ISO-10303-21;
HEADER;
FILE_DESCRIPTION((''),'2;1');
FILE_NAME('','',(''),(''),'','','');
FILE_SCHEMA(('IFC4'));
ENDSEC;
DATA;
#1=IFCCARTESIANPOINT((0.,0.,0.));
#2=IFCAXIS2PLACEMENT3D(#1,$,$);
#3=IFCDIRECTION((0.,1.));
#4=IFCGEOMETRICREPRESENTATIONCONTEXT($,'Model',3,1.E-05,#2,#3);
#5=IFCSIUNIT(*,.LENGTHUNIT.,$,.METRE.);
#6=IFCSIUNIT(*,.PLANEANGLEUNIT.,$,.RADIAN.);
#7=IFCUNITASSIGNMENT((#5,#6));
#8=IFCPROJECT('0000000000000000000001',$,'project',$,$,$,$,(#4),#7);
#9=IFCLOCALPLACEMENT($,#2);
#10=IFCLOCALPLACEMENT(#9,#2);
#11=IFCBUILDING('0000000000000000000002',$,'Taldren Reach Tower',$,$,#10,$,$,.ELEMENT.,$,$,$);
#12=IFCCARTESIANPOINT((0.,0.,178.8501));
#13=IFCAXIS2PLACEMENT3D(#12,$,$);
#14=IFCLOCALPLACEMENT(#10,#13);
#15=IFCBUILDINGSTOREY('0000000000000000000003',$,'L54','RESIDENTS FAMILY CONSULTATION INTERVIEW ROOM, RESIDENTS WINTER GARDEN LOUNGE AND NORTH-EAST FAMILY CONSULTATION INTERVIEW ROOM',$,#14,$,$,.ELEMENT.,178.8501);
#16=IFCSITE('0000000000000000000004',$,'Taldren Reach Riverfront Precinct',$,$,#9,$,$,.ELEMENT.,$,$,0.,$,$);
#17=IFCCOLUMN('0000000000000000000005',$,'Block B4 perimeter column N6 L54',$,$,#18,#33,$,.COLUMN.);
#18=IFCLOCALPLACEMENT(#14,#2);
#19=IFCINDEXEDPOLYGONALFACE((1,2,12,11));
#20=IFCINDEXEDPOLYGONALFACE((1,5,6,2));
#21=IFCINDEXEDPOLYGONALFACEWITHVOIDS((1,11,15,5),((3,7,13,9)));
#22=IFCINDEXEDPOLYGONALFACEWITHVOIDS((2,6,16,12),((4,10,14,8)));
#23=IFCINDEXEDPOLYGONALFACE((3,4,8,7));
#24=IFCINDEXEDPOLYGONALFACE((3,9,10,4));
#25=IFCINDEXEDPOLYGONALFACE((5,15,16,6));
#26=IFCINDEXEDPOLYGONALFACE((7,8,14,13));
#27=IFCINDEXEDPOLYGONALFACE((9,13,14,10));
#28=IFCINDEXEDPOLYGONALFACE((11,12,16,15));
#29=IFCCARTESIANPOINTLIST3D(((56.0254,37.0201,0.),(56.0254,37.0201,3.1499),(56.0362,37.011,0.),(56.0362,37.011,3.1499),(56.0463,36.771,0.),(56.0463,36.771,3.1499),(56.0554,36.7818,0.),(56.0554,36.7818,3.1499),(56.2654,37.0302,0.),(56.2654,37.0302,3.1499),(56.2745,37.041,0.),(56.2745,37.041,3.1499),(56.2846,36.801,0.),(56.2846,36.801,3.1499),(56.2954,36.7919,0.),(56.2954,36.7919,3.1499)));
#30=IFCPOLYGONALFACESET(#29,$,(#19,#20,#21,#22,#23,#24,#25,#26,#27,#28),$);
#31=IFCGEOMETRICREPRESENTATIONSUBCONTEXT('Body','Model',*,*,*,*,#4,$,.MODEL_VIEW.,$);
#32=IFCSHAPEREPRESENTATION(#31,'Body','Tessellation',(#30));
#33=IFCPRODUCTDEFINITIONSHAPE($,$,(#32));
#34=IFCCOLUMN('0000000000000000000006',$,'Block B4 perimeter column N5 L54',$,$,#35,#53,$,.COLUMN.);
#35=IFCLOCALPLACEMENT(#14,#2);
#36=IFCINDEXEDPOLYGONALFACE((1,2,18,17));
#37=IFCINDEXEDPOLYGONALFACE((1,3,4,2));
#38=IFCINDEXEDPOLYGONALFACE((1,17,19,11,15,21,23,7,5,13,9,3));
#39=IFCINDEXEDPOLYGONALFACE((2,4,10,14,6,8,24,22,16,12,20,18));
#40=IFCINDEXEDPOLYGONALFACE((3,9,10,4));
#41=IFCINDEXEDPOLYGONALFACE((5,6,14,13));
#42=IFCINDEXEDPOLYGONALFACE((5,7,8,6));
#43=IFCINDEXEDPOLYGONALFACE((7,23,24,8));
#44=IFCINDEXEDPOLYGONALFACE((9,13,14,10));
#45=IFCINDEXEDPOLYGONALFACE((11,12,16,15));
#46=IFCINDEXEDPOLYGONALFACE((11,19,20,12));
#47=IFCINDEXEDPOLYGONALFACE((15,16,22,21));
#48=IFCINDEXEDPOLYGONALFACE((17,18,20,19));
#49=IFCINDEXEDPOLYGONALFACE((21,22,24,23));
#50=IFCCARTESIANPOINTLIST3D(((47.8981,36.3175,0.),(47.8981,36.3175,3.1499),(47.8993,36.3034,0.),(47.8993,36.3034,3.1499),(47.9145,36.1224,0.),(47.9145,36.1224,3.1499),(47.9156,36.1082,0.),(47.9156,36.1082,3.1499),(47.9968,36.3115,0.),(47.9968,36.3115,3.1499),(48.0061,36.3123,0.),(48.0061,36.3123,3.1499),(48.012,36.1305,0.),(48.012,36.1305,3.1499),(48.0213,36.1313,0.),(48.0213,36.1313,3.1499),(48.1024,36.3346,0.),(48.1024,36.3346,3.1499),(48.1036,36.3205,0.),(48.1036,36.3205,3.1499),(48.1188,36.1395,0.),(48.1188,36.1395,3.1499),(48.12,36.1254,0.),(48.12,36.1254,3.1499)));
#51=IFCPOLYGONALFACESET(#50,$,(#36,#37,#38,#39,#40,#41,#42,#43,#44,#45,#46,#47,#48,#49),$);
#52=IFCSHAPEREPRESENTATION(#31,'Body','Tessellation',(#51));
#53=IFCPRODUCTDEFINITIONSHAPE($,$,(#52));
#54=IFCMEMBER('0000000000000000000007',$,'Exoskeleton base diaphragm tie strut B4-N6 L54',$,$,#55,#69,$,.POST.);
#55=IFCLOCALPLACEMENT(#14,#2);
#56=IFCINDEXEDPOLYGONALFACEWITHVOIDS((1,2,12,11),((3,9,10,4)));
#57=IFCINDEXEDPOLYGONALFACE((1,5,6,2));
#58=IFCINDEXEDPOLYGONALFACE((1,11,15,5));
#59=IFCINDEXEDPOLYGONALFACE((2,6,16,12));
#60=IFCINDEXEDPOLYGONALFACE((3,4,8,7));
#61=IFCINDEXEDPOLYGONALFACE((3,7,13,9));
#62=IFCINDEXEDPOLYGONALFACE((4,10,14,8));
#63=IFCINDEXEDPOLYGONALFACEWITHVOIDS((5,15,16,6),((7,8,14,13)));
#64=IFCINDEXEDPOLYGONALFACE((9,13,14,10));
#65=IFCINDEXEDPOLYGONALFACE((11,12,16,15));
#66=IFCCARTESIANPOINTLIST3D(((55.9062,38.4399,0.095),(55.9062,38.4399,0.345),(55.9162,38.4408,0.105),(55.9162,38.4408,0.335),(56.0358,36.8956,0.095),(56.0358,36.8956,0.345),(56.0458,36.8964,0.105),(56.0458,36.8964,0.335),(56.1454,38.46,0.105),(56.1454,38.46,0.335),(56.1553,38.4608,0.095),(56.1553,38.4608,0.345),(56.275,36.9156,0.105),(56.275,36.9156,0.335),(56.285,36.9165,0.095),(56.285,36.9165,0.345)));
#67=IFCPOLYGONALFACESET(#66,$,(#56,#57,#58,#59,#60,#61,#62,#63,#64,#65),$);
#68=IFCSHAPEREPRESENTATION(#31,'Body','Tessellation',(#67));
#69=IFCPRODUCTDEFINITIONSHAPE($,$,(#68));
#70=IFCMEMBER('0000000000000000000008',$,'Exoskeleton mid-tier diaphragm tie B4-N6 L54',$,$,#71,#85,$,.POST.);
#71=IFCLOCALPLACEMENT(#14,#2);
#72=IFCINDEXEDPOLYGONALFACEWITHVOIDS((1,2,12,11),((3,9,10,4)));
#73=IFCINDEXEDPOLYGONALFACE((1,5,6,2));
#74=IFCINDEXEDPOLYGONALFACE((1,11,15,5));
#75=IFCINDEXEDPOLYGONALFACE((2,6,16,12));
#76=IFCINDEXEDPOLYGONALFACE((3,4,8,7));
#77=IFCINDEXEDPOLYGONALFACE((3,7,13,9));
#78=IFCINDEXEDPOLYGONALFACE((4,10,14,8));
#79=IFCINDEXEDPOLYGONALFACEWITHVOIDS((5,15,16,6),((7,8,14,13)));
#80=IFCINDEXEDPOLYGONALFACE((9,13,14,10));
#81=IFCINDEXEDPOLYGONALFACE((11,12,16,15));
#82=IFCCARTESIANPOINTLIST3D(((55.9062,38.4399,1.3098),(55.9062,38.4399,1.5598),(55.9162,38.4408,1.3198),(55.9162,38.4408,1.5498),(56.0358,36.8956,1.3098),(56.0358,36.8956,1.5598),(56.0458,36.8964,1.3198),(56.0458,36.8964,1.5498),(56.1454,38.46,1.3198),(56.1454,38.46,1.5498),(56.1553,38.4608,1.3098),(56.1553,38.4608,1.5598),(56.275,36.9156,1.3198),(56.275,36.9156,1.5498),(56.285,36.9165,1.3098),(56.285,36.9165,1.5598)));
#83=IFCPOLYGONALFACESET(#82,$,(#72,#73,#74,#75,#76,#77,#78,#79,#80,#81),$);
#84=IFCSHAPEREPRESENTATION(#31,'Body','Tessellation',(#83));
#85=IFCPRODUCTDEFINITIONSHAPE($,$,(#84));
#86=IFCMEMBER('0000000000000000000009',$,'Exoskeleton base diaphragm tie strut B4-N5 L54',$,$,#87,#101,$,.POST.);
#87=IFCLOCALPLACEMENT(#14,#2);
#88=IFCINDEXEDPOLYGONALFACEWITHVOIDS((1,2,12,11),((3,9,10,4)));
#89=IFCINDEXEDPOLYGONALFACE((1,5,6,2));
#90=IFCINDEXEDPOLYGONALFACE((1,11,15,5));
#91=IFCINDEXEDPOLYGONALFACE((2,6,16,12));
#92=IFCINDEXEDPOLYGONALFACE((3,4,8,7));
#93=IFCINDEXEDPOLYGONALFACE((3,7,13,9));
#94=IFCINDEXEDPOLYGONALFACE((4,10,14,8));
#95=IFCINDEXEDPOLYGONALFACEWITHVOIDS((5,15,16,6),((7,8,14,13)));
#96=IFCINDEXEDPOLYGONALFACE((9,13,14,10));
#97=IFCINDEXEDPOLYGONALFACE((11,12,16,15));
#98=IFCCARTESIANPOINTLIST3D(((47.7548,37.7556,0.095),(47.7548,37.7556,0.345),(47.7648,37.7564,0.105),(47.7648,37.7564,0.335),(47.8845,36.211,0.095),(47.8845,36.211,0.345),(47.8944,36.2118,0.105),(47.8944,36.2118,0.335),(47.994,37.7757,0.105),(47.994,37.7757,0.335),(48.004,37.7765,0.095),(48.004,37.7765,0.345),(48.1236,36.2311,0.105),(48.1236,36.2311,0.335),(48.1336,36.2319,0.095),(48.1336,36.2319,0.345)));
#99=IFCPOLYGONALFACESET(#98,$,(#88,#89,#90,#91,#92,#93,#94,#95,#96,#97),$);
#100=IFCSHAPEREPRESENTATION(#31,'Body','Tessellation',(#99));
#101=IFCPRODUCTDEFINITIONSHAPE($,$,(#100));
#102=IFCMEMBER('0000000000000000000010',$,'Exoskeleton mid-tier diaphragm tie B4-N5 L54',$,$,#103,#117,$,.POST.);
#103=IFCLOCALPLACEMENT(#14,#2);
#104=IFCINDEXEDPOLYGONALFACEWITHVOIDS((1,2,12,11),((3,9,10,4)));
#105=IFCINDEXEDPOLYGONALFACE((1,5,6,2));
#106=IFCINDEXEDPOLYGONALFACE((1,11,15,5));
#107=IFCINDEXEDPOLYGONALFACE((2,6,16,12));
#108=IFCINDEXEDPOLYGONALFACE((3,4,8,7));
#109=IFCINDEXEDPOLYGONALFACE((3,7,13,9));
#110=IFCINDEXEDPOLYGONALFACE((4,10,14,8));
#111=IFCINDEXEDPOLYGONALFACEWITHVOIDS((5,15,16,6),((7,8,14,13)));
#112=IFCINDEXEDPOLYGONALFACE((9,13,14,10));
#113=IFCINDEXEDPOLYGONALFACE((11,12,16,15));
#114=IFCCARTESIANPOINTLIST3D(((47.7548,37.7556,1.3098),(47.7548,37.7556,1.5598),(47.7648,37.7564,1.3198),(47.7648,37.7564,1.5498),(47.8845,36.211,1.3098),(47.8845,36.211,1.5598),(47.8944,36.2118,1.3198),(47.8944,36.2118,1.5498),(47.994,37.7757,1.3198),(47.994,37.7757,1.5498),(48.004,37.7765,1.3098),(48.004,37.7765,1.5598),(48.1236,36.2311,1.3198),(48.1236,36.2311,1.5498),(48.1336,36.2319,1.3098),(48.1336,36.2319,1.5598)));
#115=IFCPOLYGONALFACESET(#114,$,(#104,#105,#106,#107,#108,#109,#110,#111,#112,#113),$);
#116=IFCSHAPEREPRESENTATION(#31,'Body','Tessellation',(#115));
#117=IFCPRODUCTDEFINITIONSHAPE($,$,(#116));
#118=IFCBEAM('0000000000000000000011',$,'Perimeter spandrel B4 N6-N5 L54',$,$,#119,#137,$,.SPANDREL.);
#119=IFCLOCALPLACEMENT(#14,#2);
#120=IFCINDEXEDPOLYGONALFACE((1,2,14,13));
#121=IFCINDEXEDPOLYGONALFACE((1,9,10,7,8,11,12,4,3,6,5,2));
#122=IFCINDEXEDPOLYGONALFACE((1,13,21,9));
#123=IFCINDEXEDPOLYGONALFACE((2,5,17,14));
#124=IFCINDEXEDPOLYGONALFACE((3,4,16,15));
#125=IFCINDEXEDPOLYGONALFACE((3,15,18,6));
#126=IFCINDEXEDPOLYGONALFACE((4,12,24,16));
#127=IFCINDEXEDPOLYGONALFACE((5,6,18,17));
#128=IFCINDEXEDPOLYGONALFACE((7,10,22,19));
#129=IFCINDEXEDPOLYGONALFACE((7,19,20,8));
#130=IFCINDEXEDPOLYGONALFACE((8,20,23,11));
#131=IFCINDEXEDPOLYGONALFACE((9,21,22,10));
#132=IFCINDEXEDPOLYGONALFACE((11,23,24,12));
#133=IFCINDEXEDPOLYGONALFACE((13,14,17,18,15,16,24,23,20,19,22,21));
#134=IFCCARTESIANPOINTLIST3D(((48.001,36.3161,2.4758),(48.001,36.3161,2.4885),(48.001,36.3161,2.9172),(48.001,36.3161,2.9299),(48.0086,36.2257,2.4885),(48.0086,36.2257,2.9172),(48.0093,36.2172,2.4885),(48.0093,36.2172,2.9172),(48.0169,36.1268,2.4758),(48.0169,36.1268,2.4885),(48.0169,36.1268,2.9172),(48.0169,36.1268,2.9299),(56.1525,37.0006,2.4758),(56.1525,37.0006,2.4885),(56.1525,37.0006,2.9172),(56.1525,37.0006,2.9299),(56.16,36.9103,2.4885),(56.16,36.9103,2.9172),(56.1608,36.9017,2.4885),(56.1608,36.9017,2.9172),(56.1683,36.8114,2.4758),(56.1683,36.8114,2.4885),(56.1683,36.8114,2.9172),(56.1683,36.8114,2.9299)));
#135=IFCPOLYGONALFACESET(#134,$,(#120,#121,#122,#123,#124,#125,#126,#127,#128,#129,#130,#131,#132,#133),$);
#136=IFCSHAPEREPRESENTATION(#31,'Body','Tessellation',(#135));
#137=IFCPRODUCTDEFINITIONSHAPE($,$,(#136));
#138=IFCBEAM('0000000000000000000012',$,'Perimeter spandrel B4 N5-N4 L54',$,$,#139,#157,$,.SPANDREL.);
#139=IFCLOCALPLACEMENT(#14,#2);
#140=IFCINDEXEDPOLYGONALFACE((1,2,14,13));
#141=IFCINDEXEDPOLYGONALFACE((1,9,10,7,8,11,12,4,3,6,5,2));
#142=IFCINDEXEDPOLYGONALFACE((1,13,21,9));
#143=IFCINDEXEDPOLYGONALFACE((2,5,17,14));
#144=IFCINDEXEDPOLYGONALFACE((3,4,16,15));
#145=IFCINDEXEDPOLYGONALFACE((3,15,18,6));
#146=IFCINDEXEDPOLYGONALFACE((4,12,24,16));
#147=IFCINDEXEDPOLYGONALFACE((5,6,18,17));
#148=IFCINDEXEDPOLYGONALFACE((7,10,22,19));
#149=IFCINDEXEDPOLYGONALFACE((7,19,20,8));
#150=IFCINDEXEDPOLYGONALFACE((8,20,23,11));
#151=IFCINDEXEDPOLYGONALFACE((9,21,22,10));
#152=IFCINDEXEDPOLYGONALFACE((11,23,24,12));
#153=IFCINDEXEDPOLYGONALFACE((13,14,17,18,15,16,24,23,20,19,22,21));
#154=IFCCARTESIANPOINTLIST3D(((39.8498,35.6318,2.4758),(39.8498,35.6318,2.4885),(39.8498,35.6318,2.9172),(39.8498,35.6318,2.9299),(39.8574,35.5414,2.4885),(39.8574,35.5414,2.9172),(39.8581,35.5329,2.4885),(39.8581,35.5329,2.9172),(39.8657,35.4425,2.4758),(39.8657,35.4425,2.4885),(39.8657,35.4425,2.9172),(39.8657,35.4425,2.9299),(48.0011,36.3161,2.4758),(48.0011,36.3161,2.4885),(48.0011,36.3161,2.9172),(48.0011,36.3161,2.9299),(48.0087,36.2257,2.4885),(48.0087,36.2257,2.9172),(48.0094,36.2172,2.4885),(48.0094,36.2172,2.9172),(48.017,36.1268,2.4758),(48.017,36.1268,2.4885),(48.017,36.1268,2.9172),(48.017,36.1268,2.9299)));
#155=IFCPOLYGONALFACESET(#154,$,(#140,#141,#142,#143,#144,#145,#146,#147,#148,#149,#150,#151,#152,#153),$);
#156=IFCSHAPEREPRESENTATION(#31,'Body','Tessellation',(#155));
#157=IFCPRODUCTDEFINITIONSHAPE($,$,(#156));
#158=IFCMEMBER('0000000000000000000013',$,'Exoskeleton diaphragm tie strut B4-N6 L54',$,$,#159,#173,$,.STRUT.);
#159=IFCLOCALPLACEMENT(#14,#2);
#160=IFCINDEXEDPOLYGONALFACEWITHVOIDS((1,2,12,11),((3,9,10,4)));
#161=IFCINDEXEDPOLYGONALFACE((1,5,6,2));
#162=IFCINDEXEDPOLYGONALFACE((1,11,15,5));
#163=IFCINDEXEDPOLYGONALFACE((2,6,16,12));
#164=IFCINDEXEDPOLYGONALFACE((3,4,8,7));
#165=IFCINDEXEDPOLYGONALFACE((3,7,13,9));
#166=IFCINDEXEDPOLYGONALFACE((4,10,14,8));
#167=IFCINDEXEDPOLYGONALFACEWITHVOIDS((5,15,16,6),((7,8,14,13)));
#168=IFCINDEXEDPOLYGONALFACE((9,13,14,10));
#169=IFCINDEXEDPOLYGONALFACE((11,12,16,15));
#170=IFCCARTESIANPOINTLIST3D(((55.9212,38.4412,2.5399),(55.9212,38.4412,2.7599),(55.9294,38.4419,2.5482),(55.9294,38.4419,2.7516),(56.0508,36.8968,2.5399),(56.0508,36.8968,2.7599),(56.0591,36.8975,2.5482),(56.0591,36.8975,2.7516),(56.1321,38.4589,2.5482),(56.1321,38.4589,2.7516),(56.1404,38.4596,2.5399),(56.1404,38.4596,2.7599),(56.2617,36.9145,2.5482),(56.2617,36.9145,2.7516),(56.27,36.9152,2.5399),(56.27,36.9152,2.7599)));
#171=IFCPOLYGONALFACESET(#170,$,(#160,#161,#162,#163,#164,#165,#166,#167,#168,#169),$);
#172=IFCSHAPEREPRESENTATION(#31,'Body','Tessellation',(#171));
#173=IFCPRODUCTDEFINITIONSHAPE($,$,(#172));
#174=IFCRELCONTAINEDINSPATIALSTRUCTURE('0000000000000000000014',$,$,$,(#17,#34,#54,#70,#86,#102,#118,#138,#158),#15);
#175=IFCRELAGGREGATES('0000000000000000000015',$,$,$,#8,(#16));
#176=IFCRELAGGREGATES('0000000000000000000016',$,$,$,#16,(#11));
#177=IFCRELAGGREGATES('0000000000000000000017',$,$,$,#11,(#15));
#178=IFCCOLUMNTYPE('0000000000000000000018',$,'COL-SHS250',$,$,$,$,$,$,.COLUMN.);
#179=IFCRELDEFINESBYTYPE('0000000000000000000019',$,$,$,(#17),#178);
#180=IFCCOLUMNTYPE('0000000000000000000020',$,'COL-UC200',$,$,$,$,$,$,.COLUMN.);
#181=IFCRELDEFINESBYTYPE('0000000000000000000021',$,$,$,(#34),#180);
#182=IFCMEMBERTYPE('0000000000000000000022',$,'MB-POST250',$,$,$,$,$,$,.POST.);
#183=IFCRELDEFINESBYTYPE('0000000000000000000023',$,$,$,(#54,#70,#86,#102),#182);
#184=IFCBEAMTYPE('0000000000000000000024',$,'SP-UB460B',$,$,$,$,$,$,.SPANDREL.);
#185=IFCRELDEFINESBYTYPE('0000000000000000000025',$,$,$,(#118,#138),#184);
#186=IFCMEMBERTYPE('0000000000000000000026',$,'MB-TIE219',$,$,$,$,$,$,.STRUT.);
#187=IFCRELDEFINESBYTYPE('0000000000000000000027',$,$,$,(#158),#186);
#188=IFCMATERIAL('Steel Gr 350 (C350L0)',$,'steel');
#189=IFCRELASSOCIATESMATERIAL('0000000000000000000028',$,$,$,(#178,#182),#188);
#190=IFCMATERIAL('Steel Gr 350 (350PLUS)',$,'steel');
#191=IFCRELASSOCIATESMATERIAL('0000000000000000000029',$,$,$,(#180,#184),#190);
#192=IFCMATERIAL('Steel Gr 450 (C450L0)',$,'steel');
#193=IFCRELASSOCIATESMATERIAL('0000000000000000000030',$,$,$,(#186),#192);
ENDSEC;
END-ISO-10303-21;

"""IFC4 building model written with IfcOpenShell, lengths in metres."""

from ifc_helpers import new_model, si_unit, direction, frame, origin, origin_2d, place, context, subcontext, project, spatial, hollow_rectangle, i_section, extrude, source, transform, mapped, material, material_profile, profile_set, type_object, element, save


model = new_model("IFC4")

# Units and contexts
model_context = context("Model", 3, precision=1e-05, world=origin(), true_north=direction((0.0, 1.0)))
body_context = subcontext(model_context, "Body", "Model", "MODEL_VIEW")
ifc_project = project(units=[si_unit("LENGTHUNIT", "METRE"), si_unit("PLANEANGLEUNIT", "RADIAN")], contexts=[model_context])

# Site, building, storey
site_placement = place(None, origin())
site = spatial("IfcSite", under=ifc_project, at=site_placement, Name="Taldren Reach Riverfront Precinct", CompositionType="ELEMENT", RefElevation=0.0)
building_placement = place(site_placement, origin())
building = spatial("IfcBuilding", under=site, at=building_placement, Name="Taldren Reach Tower", CompositionType="ELEMENT")
storey_placement = place(building_placement, frame((0.0, 0.0, 178.8501)))
storey = spatial("IfcBuildingStorey", under=building, at=storey_placement, Name="L54", Description="RESIDENTS FAMILY CONSULTATION INTERVIEW ROOM, RESIDENTS WINTER GARDEN LOUNGE AND NORTH-EAST FAMILY CONSULTATION INTERVIEW ROOM", CompositionType="ELEMENT", Elevation=178.8501)

# Columns
ifc_material_1 = material(Name="Steel Gr 350 (C350L0)", Category="steel")
ifc_material_profile_1 = material_profile(ifc_material_1, hollow_rectangle(XDim=0.25, YDim=0.25, WallThickness=0.01, at=origin_2d()), Name="250x250x10.0SHS")
ifc_profile_set_1 = profile_set([ifc_material_profile_1], Name="Steel Gr 350 (C350L0)")
column_type_1 = type_object("IfcColumnType", Name="COL-SHS250", PredefinedType="COLUMN", material=ifc_profile_set_1)
shared_shape_1 = source(origin(), body_context, "Body", "SweptSolid", [
    extrude(hollow_rectangle(XDim=0.25, YDim=0.25, WallThickness=0.01, at=origin_2d()), origin(), (0.0, 0.0, 1.0), 3.1499),
])
column_1_placement = place(storey_placement, frame((56.1604, 36.906, 0.0), z_axis=(0.0, 0.0, 1.0), x_axis=(0.996493, 0.083678, 0.0)))
element("IfcColumn", 1, at=column_1_placement, inside=storey, type_object=column_type_1, Name="Block B4 perimeter column N6 L54", PredefinedType="COLUMN", context=body_context, shape_type="MappedRepresentation", body=[
    mapped(shared_shape_1, transform((0.0, 0.0, 0.0), scale=1.0)),
])
ifc_material_2 = material(Name="Steel Gr 350 (350PLUS)", Category="steel")
ifc_material_profile_2 = material_profile(ifc_material_2, i_section(OverallWidth=0.2051, OverallDepth=0.21, WebThickness=0.0093, FlangeThickness=0.0142, at=origin_2d()), Name="200UC59.5")
ifc_profile_set_2 = profile_set([ifc_material_profile_2], Name="Steel Gr 350 (350PLUS)")
column_type_2 = type_object("IfcColumnType", Name="COL-UC200", PredefinedType="COLUMN", material=ifc_profile_set_2)
shared_shape_2 = source(origin(), body_context, "Body", "SweptSolid", [
    extrude(i_section(OverallWidth=0.2051, OverallDepth=0.21, WebThickness=0.0093, FlangeThickness=0.0142, at=origin_2d()), origin(), (0.0, 0.0, 1.0), 3.1499),
])
column_2_placement = place(storey_placement, frame((48.009, 36.2214, 0.0), z_axis=(0.0, 0.0, 1.0), x_axis=(0.996493, 0.083678, 0.0)))
element("IfcColumn", 2, at=column_2_placement, inside=storey, type_object=column_type_2, Name="Block B4 perimeter column N5 L54", PredefinedType="COLUMN", context=body_context, shape_type="MappedRepresentation", body=[
    mapped(shared_shape_2, transform((0.0, 0.0, 0.0), scale=1.0)),
])

# Members
ifc_material_profile_3 = material_profile(ifc_material_1, hollow_rectangle(XDim=0.25, YDim=0.25, WallThickness=0.01, at=origin_2d()), Name="250x250x10.0SHS")
ifc_profile_set_3 = profile_set([ifc_material_profile_3], Name="Steel Gr 350 (C350L0)")
member_type_1 = type_object("IfcMemberType", Name="MB-POST250", PredefinedType="POST", material=ifc_profile_set_3)
shared_shape_3 = source(origin(), body_context, "Body", "SweptSolid", [
    extrude(hollow_rectangle(XDim=0.25, YDim=0.25, WallThickness=0.01, at=origin_2d()), origin(), (0.0, 0.0, 1.0), 1.5498),
])
for number, where, z_axis, x_axis, name in (
    (3, (56.1604, 36.906, 0.22), (-0.083645, 0.996496, 0.0), (-0.996496, -0.083645, 0.0), "Exoskeleton base diaphragm tie strut B4-N6 L54"),
    (4, (56.1604, 36.906, 1.4348), (-0.083645, 0.996496, 0.0), (-0.996496, -0.083645, 0.0), "Exoskeleton mid-tier diaphragm tie B4-N6 L54"),
):
    element("IfcMember", number, at=place(storey_placement, frame(where, z_axis=z_axis, x_axis=x_axis)), inside=storey, type_object=member_type_1, Name=name, PredefinedType="POST", context=body_context, shape_type="MappedRepresentation", body=[
        mapped(shared_shape_3, transform((0.0, 0.0, 0.0), scale=1.0)),
    ])
shared_shape_4 = source(origin(), body_context, "Body", "SweptSolid", [
    extrude(hollow_rectangle(XDim=0.25, YDim=0.25, WallThickness=0.01, at=origin_2d()), origin(), (0.0, 0.0, 1.0), 1.55),
])
for number, where, z_axis, x_axis, name in (
    (5, (48.009, 36.2214, 0.22), (-0.083632, 0.996497, 0.0), (-0.996497, -0.083632, 0.0), "Exoskeleton base diaphragm tie strut B4-N5 L54"),
    (6, (48.009, 36.2214, 1.4348), (-0.083632, 0.996497, 0.0), (-0.996497, -0.083632, 0.0), "Exoskeleton mid-tier diaphragm tie B4-N5 L54"),
):
    element("IfcMember", number, at=place(storey_placement, frame(where, z_axis=z_axis, x_axis=x_axis)), inside=storey, type_object=member_type_1, Name=name, PredefinedType="POST", context=body_context, shape_type="MappedRepresentation", body=[
        mapped(shared_shape_4, transform((0.0, 0.0, 0.0), scale=1.0)),
    ])

# Beams
ifc_material_profile_4 = material_profile(ifc_material_2, i_section(OverallWidth=0.1899, OverallDepth=0.4541, WebThickness=0.0085, FlangeThickness=0.0127, at=origin_2d()), Name="460UB67.1")
ifc_profile_set_4 = profile_set([ifc_material_profile_4], Name="Steel Gr 350 (350PLUS)")
beam_type = type_object("IfcBeamType", Name="SP-UB460B", PredefinedType="SPANDREL", material=ifc_profile_set_4)
shared_shape_5 = source(origin(), body_context, "Body", "SweptSolid", [
    extrude(i_section(OverallWidth=0.1899, OverallDepth=0.4541, WebThickness=0.0085, FlangeThickness=0.0127, at=origin_2d()), origin(), (0.0, 0.0, 1.0), 8.1802),
])
beam_1_placement = place(storey_placement, frame((56.1604, 36.906, 2.7029), z_axis=(-0.996492, -0.083688, 0.0), x_axis=(0.083688, -0.996492, 0.0)))
element("IfcBeam", 7, at=beam_1_placement, inside=storey, type_object=beam_type, Name="Perimeter spandrel B4 N6-N5 L54", PredefinedType="SPANDREL", context=body_context, shape_type="MappedRepresentation", body=[
    mapped(shared_shape_5, transform((0.0, 0.0, 0.0), scale=1.0)),
])
shared_shape_6 = source(origin(), body_context, "Body", "SweptSolid", [
    extrude(i_section(OverallWidth=0.1899, OverallDepth=0.4541, WebThickness=0.0085, FlangeThickness=0.0127, at=origin_2d()), origin(), (0.0, 0.0, 1.0), 8.1799),
])
beam_2_placement = place(storey_placement, frame((48.009, 36.2214, 2.7029), z_axis=(-0.996495, -0.083658, 0.0), x_axis=(0.083658, -0.996495, 0.0)))
element("IfcBeam", 8, at=beam_2_placement, inside=storey, type_object=beam_type, Name="Perimeter spandrel B4 N5-N4 L54", PredefinedType="SPANDREL", context=body_context, shape_type="MappedRepresentation", body=[
    mapped(shared_shape_6, transform((0.0, 0.0, 0.0), scale=1.0)),
])

# Member
ifc_material_3 = material(Name="Steel Gr 450 (C450L0)", Category="steel")
ifc_material_profile_5 = material_profile(ifc_material_3, hollow_rectangle(XDim=0.22, YDim=0.22, WallThickness=0.0083, at=origin_2d()), Name="220x220x8.2SHS")
ifc_profile_set_5 = profile_set([ifc_material_profile_5], Name="Steel Gr 450 (C450L0)")
member_type_2 = type_object("IfcMemberType", Name="MB-TIE219", PredefinedType="STRUT", material=ifc_profile_set_5)
shared_shape_7 = source(origin(), body_context, "Body", "SweptSolid", [
    extrude(hollow_rectangle(XDim=0.22, YDim=0.22, WallThickness=0.0083, at=origin_2d()), origin(), (0.0, 0.0, 1.0), 1.5498),
])
member_1_placement = place(storey_placement, frame((56.1604, 36.906, 2.6499), z_axis=(-0.083645, 0.996496, 0.0), x_axis=(-0.996496, -0.083645, 0.0)))
element("IfcMember", 9, at=member_1_placement, inside=storey, type_object=member_type_2, Name="Exoskeleton diaphragm tie strut B4-N6 L54", PredefinedType="STRUT", context=body_context, shape_type="MappedRepresentation", body=[
    mapped(shared_shape_7, transform((0.0, 0.0, 0.0), scale=1.0)),
])

save(model, "model.ifc")
